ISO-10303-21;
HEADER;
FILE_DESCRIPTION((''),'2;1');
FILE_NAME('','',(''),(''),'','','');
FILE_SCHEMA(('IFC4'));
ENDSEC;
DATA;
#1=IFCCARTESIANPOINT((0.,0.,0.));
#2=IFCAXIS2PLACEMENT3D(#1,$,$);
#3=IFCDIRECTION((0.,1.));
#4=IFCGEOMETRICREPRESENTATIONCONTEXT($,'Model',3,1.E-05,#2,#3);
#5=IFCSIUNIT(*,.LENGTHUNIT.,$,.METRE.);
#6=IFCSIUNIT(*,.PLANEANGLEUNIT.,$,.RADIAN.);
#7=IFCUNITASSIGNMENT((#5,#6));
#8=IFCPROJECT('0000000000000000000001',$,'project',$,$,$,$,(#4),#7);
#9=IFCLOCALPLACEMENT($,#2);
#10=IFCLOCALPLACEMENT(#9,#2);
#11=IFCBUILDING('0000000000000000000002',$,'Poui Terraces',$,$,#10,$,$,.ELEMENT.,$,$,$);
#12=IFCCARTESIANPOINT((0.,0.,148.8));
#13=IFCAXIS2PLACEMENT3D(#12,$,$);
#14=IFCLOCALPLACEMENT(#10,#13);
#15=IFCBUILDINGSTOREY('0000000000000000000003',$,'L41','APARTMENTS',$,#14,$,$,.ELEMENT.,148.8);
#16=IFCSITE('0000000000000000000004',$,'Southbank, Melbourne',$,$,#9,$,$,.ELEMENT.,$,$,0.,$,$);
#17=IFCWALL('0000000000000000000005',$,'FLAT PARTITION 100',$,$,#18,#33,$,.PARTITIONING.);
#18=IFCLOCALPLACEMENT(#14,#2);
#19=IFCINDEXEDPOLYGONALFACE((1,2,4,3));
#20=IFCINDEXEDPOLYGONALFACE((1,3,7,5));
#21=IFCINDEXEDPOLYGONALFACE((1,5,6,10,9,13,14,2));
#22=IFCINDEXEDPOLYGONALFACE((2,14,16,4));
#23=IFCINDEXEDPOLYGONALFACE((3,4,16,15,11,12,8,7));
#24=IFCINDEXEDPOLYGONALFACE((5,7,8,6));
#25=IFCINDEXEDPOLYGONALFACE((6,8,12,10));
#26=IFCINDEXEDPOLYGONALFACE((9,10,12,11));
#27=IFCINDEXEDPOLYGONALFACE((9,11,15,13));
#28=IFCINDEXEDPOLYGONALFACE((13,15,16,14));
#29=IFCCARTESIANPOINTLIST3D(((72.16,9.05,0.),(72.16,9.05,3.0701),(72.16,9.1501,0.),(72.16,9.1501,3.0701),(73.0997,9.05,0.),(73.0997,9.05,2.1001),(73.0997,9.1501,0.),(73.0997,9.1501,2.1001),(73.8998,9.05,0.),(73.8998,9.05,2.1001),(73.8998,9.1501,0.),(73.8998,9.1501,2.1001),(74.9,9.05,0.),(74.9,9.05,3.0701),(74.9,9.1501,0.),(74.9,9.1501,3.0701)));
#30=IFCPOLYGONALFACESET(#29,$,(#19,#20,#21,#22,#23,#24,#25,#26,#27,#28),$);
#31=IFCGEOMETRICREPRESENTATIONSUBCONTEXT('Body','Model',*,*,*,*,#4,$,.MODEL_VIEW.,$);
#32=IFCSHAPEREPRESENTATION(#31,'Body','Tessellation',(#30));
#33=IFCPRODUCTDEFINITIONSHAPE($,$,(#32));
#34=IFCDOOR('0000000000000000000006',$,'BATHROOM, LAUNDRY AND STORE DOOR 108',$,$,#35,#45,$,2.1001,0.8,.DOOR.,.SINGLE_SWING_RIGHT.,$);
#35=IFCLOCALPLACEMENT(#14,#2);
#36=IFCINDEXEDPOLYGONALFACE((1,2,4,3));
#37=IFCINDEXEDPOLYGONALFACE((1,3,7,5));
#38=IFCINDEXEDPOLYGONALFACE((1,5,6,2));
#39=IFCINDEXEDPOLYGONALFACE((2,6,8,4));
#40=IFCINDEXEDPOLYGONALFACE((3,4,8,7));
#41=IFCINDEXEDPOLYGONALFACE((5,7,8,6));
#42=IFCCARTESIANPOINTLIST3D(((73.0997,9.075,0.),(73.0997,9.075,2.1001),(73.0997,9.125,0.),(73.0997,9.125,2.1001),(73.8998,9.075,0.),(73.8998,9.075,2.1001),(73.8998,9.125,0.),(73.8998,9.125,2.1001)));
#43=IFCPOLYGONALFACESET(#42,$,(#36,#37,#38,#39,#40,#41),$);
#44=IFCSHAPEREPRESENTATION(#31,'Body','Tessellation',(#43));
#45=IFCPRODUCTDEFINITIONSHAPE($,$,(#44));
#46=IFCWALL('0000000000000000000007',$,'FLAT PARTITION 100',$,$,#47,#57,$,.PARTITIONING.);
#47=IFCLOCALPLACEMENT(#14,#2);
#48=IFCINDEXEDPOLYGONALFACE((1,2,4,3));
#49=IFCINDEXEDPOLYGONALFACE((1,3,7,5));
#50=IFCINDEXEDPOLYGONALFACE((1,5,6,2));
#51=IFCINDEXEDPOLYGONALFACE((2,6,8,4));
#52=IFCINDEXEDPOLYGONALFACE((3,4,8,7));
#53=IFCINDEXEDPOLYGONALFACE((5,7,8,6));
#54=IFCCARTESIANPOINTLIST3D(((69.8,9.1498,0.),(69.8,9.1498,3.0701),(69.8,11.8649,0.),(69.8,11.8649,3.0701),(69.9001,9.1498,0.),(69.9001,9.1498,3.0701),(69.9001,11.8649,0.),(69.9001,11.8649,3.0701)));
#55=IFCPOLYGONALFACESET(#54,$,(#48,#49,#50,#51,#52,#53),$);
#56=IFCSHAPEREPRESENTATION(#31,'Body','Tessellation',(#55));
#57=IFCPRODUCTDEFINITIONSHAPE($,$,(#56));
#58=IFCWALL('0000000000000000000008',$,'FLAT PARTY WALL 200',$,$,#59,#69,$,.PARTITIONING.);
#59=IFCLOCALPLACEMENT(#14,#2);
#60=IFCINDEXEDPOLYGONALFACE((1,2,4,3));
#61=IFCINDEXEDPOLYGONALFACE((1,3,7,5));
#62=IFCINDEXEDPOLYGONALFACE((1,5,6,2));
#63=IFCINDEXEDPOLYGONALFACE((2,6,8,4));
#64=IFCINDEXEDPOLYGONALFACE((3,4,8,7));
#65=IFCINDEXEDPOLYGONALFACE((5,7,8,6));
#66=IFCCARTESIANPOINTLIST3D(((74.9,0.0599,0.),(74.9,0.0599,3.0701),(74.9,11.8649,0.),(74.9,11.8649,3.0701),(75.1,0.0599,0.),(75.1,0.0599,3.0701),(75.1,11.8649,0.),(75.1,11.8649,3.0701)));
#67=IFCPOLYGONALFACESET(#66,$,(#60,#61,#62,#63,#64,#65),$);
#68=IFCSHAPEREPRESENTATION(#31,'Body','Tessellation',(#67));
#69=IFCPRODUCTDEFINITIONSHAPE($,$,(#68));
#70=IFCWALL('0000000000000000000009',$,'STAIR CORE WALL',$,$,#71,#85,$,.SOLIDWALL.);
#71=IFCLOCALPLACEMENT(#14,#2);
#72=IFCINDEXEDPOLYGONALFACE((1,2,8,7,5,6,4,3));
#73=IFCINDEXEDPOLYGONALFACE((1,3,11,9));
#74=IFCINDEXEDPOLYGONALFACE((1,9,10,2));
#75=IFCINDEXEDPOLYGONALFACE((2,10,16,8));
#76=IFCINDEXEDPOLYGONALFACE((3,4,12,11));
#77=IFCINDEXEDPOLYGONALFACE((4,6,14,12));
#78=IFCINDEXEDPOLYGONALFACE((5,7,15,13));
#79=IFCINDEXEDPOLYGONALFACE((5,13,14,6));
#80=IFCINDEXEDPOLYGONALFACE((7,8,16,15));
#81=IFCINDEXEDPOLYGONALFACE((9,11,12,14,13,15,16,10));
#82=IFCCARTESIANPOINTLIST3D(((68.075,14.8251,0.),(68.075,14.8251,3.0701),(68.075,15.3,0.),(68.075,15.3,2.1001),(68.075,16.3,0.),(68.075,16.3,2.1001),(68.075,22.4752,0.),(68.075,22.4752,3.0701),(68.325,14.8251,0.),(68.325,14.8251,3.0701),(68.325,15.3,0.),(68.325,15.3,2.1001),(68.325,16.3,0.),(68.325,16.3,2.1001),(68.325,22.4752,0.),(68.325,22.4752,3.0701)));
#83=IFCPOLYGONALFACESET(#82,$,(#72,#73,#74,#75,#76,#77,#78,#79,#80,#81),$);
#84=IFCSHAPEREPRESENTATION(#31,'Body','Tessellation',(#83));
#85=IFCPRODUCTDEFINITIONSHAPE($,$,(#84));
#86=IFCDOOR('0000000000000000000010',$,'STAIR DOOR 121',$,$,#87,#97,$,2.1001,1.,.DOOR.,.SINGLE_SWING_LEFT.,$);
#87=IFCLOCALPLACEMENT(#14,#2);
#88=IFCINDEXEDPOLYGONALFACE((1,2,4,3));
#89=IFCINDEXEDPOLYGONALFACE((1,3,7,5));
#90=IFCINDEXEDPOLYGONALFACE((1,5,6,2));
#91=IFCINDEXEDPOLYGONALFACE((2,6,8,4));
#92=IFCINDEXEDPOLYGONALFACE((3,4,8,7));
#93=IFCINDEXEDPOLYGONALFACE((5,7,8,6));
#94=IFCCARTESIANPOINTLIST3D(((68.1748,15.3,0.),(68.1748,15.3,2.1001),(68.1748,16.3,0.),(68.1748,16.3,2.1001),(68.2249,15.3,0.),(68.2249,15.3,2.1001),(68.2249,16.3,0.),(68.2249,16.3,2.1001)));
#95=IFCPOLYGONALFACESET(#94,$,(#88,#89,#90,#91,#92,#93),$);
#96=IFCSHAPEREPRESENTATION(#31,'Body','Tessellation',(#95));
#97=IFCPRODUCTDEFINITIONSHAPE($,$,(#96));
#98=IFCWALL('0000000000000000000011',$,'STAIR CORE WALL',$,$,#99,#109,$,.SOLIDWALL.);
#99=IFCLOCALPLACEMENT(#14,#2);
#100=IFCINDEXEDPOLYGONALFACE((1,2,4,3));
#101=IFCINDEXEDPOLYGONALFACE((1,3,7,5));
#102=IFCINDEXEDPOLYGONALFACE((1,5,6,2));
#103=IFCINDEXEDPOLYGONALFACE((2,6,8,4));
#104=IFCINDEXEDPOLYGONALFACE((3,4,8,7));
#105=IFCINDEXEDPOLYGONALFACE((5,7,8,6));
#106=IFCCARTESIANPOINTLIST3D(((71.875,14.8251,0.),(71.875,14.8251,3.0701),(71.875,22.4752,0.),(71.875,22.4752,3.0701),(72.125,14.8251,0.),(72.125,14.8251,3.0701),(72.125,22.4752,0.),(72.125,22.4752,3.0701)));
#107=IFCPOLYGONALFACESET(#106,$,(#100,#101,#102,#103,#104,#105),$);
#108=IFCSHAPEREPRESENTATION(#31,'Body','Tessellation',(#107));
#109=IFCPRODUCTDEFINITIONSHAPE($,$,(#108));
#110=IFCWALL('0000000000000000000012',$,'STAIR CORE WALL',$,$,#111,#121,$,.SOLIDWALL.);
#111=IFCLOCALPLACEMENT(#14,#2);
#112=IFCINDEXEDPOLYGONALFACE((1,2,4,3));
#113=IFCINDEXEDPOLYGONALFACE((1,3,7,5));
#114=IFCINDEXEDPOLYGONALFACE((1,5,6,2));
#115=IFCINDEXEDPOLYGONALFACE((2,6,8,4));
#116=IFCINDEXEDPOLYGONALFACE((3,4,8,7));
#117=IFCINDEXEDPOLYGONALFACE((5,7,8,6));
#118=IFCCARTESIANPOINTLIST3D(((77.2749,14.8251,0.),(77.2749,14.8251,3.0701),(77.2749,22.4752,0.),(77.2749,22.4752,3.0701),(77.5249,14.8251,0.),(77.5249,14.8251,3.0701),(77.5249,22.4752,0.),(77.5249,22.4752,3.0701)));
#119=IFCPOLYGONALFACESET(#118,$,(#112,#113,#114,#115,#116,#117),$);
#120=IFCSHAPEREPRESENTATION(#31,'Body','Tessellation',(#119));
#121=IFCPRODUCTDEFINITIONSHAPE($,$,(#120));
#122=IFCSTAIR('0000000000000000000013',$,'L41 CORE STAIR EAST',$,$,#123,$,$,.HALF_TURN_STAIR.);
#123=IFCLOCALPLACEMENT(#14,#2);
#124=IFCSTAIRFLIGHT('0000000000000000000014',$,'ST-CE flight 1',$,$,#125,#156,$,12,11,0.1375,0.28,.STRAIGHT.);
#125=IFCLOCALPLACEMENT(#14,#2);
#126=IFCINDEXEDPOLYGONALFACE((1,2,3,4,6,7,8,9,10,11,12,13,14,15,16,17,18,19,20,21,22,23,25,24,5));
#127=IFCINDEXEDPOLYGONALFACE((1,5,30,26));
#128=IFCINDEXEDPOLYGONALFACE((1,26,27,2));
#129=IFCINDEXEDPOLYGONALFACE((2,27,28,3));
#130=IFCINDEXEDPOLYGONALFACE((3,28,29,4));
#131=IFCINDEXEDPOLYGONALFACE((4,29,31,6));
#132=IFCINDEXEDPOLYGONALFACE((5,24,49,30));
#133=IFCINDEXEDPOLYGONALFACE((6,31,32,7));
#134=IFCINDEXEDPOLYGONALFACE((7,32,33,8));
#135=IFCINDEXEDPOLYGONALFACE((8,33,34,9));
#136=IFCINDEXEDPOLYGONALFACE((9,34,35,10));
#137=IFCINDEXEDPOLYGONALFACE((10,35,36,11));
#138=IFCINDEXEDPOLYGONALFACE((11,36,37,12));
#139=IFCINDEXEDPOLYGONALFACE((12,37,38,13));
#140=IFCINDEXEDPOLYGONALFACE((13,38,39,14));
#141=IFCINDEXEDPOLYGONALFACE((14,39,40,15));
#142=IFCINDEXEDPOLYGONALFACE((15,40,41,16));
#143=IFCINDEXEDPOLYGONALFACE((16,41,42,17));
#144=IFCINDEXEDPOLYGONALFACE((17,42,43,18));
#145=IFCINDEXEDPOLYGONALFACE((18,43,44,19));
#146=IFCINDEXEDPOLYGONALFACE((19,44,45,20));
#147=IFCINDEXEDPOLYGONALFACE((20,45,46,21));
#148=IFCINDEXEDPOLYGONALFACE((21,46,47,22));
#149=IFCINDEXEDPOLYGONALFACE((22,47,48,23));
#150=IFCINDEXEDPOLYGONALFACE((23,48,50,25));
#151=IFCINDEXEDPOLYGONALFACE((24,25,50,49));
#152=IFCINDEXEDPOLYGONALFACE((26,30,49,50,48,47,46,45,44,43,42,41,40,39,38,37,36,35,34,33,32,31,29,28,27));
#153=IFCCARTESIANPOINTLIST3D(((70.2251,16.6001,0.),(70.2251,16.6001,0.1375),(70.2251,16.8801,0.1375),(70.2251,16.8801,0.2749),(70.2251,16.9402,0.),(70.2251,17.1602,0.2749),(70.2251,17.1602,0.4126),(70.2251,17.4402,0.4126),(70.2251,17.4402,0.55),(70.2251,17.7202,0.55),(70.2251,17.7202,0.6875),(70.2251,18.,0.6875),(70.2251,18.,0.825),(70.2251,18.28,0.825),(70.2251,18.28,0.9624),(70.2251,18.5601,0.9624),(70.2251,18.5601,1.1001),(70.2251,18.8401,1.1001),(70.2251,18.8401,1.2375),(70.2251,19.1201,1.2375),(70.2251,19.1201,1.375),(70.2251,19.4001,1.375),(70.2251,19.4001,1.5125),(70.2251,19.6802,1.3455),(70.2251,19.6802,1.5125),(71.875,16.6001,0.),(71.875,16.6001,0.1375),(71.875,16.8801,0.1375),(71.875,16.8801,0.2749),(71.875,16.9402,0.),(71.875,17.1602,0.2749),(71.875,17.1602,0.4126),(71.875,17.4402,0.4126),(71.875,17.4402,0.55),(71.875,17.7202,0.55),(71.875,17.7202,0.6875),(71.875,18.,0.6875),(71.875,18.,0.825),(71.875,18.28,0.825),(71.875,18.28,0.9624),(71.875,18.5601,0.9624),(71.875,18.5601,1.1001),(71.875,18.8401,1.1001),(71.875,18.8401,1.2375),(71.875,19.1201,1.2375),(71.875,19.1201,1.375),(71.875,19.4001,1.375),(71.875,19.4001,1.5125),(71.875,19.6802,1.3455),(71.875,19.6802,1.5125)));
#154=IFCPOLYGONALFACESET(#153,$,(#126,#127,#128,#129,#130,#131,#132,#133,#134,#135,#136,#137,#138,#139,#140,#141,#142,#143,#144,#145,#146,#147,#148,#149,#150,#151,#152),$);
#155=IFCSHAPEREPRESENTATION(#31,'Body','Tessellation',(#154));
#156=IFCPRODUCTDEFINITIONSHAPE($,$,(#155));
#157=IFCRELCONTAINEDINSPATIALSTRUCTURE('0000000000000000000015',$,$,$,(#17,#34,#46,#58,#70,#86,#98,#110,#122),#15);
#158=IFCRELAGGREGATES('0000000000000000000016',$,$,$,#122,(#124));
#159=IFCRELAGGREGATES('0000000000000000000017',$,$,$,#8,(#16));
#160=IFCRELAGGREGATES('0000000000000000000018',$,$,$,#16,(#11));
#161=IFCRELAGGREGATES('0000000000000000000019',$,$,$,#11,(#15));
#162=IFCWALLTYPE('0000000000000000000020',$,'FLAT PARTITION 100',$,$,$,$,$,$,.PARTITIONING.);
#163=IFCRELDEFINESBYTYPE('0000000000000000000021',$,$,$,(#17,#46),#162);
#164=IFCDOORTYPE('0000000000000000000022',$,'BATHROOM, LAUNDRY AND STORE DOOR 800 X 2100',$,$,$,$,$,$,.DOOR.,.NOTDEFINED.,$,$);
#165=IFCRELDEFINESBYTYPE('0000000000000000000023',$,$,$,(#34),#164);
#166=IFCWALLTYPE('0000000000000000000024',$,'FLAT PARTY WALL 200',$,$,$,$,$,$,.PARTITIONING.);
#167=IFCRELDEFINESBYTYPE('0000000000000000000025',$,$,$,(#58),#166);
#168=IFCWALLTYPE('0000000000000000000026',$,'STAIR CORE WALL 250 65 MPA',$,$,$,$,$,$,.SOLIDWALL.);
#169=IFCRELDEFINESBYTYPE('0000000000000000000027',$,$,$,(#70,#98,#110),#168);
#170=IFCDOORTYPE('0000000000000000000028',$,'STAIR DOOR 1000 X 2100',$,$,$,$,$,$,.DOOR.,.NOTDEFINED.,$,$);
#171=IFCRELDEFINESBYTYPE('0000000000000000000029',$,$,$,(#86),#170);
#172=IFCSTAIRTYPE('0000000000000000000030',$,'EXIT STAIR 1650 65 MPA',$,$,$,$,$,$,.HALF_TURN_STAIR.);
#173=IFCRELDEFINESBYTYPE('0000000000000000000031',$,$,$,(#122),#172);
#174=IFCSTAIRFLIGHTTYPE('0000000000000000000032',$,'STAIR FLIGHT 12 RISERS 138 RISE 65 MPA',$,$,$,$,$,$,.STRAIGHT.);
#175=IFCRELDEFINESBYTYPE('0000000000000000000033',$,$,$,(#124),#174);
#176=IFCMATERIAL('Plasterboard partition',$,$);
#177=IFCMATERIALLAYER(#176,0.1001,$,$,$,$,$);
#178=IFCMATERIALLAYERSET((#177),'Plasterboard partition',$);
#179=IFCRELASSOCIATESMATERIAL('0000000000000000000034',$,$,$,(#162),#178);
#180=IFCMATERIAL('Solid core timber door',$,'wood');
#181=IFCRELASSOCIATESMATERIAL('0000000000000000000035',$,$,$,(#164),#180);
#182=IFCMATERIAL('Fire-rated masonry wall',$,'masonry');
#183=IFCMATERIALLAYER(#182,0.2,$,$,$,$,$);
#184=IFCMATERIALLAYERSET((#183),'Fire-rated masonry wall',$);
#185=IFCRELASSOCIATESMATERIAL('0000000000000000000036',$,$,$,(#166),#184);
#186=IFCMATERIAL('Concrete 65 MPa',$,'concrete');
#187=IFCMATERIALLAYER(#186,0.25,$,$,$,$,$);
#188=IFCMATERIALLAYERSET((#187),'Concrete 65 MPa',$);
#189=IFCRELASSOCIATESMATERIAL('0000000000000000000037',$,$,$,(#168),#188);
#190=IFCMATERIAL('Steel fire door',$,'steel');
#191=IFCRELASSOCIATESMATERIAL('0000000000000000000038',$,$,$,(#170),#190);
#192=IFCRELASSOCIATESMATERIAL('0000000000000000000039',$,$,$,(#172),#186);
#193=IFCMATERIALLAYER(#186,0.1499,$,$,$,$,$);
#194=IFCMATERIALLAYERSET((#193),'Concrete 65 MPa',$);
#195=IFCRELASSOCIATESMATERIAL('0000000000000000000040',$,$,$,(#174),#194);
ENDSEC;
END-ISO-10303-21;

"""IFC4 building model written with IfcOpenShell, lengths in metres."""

from ifc_helpers import new_model, si_unit, direction, frame, frame_2d, origin, place, context, subcontext, project, spatial, polyline, rectangle, outline, extrude, material, layer, layer_set, type_object, element, fill, aggregate, save


model = new_model("IFC4")

# Units and contexts
model_context = context("Model", 3, precision=1e-05, world=origin(), true_north=direction((0.0, 1.0)))
body_context = subcontext(model_context, "Body", "Model", "MODEL_VIEW")
ifc_project = project(units=[si_unit("LENGTHUNIT", "METRE"), si_unit("PLANEANGLEUNIT", "RADIAN")], contexts=[model_context])

# Site, building, storey
site_placement = place(None, origin())
site = spatial("IfcSite", under=ifc_project, at=site_placement, Name="Southbank, Melbourne", CompositionType="ELEMENT", RefElevation=0.0)
building_placement = place(site_placement, origin())
building = spatial("IfcBuilding", under=site, at=building_placement, Name="Poui Terraces", CompositionType="ELEMENT")
storey_placement = place(building_placement, frame((0.0, 0.0, 148.8)))
storey = spatial("IfcBuildingStorey", under=building, at=storey_placement, Name="L41", Description="APARTMENTS", CompositionType="ELEMENT", Elevation=148.8)

# Shared definitions
ifc_material_1 = material(Name="Concrete 65 MPa", Category="concrete")

# Wall, opening, door
ifc_material_2 = material(Name="Solid core timber door", Category="wood")
ifc_material_3 = material(Name="Plasterboard partition")
ifc_layer_1 = layer(ifc_material_3, 0.1001)
ifc_layer_set_1 = layer_set([ifc_layer_1], Name="Plasterboard partition")
wall_type_1 = type_object("IfcWallType", Name="FLAT PARTITION 100", PredefinedType="PARTITIONING", material=ifc_layer_set_1)
door_type_1 = type_object("IfcDoorType", Name="BATHROOM, LAUNDRY AND STORE DOOR 800 X 2100", OperationType="NOTDEFINED", PredefinedType="DOOR", material=ifc_material_2)
wall_1_placement = place(storey_placement, frame((72.1599, 9.1001, 0.0), z_axis=(0.0, 0.0, 1.0), x_axis=(1.0, 0.0, 0.0)))
wall_1 = element("IfcWall", 1, at=wall_1_placement, inside=storey, type_object=wall_type_1, Name="FLAT PARTITION 100", PredefinedType="PARTITIONING", context=body_context, shape_type="SweptSolid", body=[
    extrude(rectangle(XDim=2.74, YDim=0.1001, at=frame_2d((1.3701, 0.0))), origin(), (0.0, 0.0, 1.0), 3.0701),
])
opening_1_placement = place(wall_1_placement, frame((0.9399, 0.0, 0.0)))
opening_1 = element("IfcOpeningElement", 2, at=opening_1_placement, cuts=wall_1, PredefinedType="OPENING", context=body_context, shape_type="SweptSolid", body=[
    extrude(rectangle(XDim=0.8, YDim=2.1001, at=frame_2d((0.3999, 1.05))), frame((0.0, 0.0601, 0.0), z_axis=(0.0, -1.0, 0.0), x_axis=(1.0, 0.0, 0.0)), (0.0, 0.0, 1.0), 0.1201),
])
door_1_placement = place(opening_1_placement, origin())
door_1 = element("IfcDoor", 3, at=door_1_placement, inside=storey, type_object=door_type_1, Name="BATHROOM, LAUNDRY AND STORE DOOR 108", OperationType="SINGLE_SWING_RIGHT", OverallHeight=2.1001, OverallWidth=0.8, PredefinedType="DOOR", context=body_context, shape_type="SweptSolid", body=[
    extrude(rectangle(XDim=0.8, YDim=2.1001, at=frame_2d((0.3999, 1.05))), frame((0.0, 0.0249, 0.0), z_axis=(0.0, -1.0, 0.0), x_axis=(1.0, 0.0, 0.0)), (0.0, 0.0, 1.0), 0.05),
])
fill(opening_1, door_1)

# Walls
wall_2_placement = place(storey_placement, frame((69.8501, 9.1499, 0.0), z_axis=(0.0, 0.0, 1.0), x_axis=(0.0, 1.0, 0.0)))
element("IfcWall", 4, at=wall_2_placement, inside=storey, type_object=wall_type_1, Name="FLAT PARTITION 100", PredefinedType="PARTITIONING", context=body_context, shape_type="SweptSolid", body=[
    extrude(rectangle(XDim=2.7151, YDim=0.1001, at=frame_2d((1.3574, 0.0))), origin(), (0.0, 0.0, 1.0), 3.0701),
])
ifc_material_4 = material(Name="Fire-rated masonry wall", Category="masonry")
ifc_layer_2 = layer(ifc_material_4, 0.2)
ifc_layer_set_2 = layer_set([ifc_layer_2], Name="Fire-rated masonry wall")
wall_type_2 = type_object("IfcWallType", Name="FLAT PARTY WALL 200", PredefinedType="PARTITIONING", material=ifc_layer_set_2)
wall_3_placement = place(storey_placement, frame((75.0, 0.0601, 0.0), z_axis=(0.0, 0.0, 1.0), x_axis=(0.0, 1.0, 0.0)))
element("IfcWall", 5, at=wall_3_placement, inside=storey, type_object=wall_type_2, Name="FLAT PARTY WALL 200", PredefinedType="PARTITIONING", context=body_context, shape_type="SweptSolid", body=[
    extrude(rectangle(XDim=11.8049, YDim=0.2, at=frame_2d((5.9023, 0.0))), origin(), (0.0, 0.0, 1.0), 3.0701),
])

# Wall, opening, door
ifc_layer_3 = layer(ifc_material_1, 0.25)
ifc_layer_set_3 = layer_set([ifc_layer_3], Name="Concrete 65 MPa")
wall_type_3 = type_object("IfcWallType", Name="STAIR CORE WALL 250 65 MPA", PredefinedType="SOLIDWALL", material=ifc_layer_set_3)
wall_4_placement = place(storey_placement, frame((68.2, 14.825, 0.0), z_axis=(0.0, 0.0, 1.0), x_axis=(0.0, 1.0, 0.0)))
wall_4 = element("IfcWall", 6, at=wall_4_placement, inside=storey, type_object=wall_type_3, Name="STAIR CORE WALL", PredefinedType="SOLIDWALL", context=body_context, shape_type="SweptSolid", body=[
    extrude(rectangle(XDim=7.6501, YDim=0.25, at=frame_2d((3.8252, 0.0))), origin(), (0.0, 0.0, 1.0), 3.0701),
])
opening_2_placement = place(wall_4_placement, frame((0.4751, 0.0, 0.0)))
opening_2 = element("IfcOpeningElement", 7, at=opening_2_placement, cuts=wall_4, PredefinedType="OPENING", context=body_context, shape_type="SweptSolid", body=[
    extrude(rectangle(XDim=1.0, YDim=2.1001, at=frame_2d((0.5, 1.05))), frame((0.0, 0.135, 0.0), z_axis=(0.0, -1.0, 0.0), x_axis=(1.0, 0.0, 0.0)), (0.0, 0.0, 1.0), 0.27),
])
ifc_material_5 = material(Name="Steel fire door", Category="steel")
door_type_2 = type_object("IfcDoorType", Name="STAIR DOOR 1000 X 2100", OperationType="NOTDEFINED", PredefinedType="DOOR", material=ifc_material_5)
door_2_placement = place(opening_2_placement, frame((1.0, 0.0, 0.0), z_axis=(0.0, 0.0, 1.0), x_axis=(-1.0, 0.0, 0.0)))
door_2 = element("IfcDoor", 8, at=door_2_placement, inside=storey, type_object=door_type_2, Name="STAIR DOOR 121", OperationType="SINGLE_SWING_LEFT", OverallHeight=2.1001, OverallWidth=1.0, PredefinedType="DOOR", context=body_context, shape_type="SweptSolid", body=[
    extrude(rectangle(XDim=1.0, YDim=2.1001, at=frame_2d((0.5, 1.05))), frame((0.0, 0.0249, 0.0), z_axis=(0.0, -1.0, 0.0), x_axis=(1.0, 0.0, 0.0)), (0.0, 0.0, 1.0), 0.05),
])
fill(opening_2, door_2)

# Walls
for number, where, z_axis, x_axis, name in (
    (9, (72.0, 14.825, 0.0), (0.0, 0.0, 1.0), (0.0, 1.0, 0.0), "STAIR CORE WALL"),
    (10, (77.3999, 14.825, 0.0), (0.0, 0.0, 1.0), (0.0, 1.0, 0.0), "STAIR CORE WALL"),
):
    element("IfcWall", number, at=place(storey_placement, frame(where, z_axis=z_axis, x_axis=x_axis)), inside=storey, type_object=wall_type_3, Name=name, PredefinedType="SOLIDWALL", context=body_context, shape_type="SweptSolid", body=[
        extrude(rectangle(XDim=7.6501, YDim=0.25, at=frame_2d((3.8252, 0.0))), origin(), (0.0, 0.0, 1.0), 3.0701),
    ])

# Stair, stair flight
stair_type = type_object("IfcStairType", Name="EXIT STAIR 1650 65 MPA", PredefinedType="HALF_TURN_STAIR", material=ifc_material_1)
stair_placement = place(storey_placement, origin())
stair = element("IfcStair", 11, at=stair_placement, inside=storey, type_object=stair_type, Name="L41 CORE STAIR EAST", PredefinedType="HALF_TURN_STAIR")
ifc_layer_4 = layer(ifc_material_1, 0.1499)
ifc_layer_set_4 = layer_set([ifc_layer_4], Name="Concrete 65 MPa")
stair_flight_type = type_object("IfcStairFlightType", Name="STAIR FLIGHT 12 RISERS 138 RISE 65 MPA", PredefinedType="STRAIGHT", material=ifc_layer_set_4)
stair_flight_1_placement = place(storey_placement, frame((71.05, 16.6001, 0.0), z_axis=(0.0, 0.0, 1.0), x_axis=(0.0, 1.0, 0.0)))
stair_flight_1 = element("IfcStairFlight", 12, at=stair_flight_1_placement, type_object=stair_flight_type, Name="ST-CE flight 1", NumberOfRisers=12, NumberOfTreads=11, PredefinedType="STRAIGHT", RiserHeight=0.1375, TreadLength=0.28, context=body_context, shape_type="SweptSolid", body=[
    extrude(outline(polyline([(0.0, 0.0), (0.0, 0.1375), (0.28, 0.1375), (0.28, 0.2749), (0.5601, 0.2749), (0.5601, 0.4126), (0.8401, 0.4126), (0.8401, 0.55), (1.1201, 0.55), (1.1201, 0.6875), (1.3999, 0.6875), (1.3999, 0.825), (1.6799, 0.825), (1.6799, 0.9624), (1.96, 0.9624), (1.96, 1.1001), (2.24, 1.1001), (2.24, 1.2375), (2.52, 1.2375), (2.52, 1.375), (2.8, 1.375), (2.8, 1.5125), (3.0801, 1.5125), (3.0801, 1.6499), (3.0801, 1.3455), (0.3401, 0.0), (0.0, 0.0)])), frame((0.0, 0.825, 0.0), z_axis=(0.0, -1.0, 0.0), x_axis=(1.0, 0.0, 0.0)), (0.0, 0.0, 1.0), 1.6499),
])
aggregate(stair, [stair_flight_1])

save(model, "model.ifc")
